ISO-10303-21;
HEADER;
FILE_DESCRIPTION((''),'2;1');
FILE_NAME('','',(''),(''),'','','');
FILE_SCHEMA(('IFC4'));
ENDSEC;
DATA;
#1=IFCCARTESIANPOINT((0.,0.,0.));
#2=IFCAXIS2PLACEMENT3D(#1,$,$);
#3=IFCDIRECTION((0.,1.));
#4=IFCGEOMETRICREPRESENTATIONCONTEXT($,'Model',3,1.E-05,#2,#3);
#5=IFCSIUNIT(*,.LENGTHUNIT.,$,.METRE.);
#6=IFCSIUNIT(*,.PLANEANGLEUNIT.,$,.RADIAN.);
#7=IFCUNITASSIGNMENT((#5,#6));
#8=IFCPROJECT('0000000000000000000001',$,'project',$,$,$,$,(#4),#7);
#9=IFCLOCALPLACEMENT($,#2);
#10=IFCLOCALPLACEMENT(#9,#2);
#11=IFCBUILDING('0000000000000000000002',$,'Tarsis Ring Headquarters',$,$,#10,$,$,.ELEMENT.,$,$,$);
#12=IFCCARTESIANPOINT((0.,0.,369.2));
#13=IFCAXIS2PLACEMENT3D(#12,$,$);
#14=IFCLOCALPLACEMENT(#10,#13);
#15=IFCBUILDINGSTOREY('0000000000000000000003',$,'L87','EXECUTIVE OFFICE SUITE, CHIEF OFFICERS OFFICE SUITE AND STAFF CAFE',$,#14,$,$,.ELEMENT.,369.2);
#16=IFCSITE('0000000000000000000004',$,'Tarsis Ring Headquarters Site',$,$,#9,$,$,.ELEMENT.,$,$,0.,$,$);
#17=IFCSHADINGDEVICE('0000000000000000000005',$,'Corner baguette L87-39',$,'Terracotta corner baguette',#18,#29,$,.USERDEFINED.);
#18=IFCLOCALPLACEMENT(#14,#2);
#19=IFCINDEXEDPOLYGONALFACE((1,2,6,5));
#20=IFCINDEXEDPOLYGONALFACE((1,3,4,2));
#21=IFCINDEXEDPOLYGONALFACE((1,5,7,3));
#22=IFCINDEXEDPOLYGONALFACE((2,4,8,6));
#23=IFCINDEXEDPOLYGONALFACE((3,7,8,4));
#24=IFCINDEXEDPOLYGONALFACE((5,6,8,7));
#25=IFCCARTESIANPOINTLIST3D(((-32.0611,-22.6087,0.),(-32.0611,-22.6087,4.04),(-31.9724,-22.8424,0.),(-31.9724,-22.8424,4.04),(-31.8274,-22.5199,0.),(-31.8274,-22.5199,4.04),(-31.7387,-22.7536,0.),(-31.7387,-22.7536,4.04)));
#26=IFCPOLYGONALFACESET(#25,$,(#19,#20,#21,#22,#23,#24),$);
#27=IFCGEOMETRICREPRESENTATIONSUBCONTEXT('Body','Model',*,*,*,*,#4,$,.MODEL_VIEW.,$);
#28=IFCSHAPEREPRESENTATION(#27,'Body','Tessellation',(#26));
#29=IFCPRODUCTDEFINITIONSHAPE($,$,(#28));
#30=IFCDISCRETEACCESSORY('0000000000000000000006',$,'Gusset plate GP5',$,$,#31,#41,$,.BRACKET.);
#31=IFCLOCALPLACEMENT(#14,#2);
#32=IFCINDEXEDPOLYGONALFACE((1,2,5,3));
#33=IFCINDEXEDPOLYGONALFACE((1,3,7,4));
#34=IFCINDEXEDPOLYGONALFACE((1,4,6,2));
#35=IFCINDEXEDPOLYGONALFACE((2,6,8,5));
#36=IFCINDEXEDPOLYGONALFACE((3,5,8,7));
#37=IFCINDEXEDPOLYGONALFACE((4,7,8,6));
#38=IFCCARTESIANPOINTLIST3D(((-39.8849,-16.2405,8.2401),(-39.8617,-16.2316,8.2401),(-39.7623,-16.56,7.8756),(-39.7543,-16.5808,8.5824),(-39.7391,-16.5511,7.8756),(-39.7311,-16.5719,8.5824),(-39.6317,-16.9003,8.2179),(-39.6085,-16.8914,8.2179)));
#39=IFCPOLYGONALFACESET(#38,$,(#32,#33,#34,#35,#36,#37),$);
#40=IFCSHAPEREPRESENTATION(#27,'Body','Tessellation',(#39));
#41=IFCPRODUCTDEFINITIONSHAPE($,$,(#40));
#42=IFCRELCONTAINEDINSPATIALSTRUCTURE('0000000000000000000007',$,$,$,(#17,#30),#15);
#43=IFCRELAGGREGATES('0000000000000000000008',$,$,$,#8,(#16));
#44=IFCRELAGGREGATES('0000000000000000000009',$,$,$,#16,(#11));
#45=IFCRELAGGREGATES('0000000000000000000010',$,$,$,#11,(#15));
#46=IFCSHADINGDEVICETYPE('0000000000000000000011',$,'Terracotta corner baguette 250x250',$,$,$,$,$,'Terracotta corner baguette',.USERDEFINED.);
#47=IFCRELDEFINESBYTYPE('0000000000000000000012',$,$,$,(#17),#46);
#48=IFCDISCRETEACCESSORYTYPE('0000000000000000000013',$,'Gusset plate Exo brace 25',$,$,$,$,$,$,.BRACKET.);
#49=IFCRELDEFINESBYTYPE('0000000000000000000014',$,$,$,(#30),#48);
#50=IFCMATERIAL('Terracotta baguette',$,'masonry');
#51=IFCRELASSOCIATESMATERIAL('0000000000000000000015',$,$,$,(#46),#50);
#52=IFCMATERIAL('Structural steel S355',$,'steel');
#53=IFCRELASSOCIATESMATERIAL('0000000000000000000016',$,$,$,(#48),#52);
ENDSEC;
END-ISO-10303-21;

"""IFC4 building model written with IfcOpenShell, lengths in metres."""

from ifc_helpers import new_model, si_unit, direction, frame, origin, origin_2d, place, context, subcontext, project, spatial, rectangle, extrude, material, material_profile, profile_set, type_object, element, save


model = new_model("IFC4")

# Units and contexts
model_context = context("Model", 3, precision=1e-05, world=origin(), true_north=direction((0.0, 1.0)))
body_context = subcontext(model_context, "Body", "Model", "MODEL_VIEW")
ifc_project = project(units=[si_unit("LENGTHUNIT", "METRE"), si_unit("PLANEANGLEUNIT", "RADIAN")], contexts=[model_context])

# Site, building, storey
site_placement = place(None, origin())
site = spatial("IfcSite", under=ifc_project, at=site_placement, Name="Tarsis Ring Headquarters Site", CompositionType="ELEMENT", RefElevation=0.0)
building_placement = place(site_placement, origin())
building = spatial("IfcBuilding", under=site, at=building_placement, Name="Tarsis Ring Headquarters", CompositionType="ELEMENT")
storey_placement = place(building_placement, frame((0.0, 0.0, 369.2)))
storey = spatial("IfcBuildingStorey", under=building, at=storey_placement, Name="L87", Description="EXECUTIVE OFFICE SUITE, CHIEF OFFICERS OFFICE SUITE AND STAFF CAFE", CompositionType="ELEMENT", Elevation=369.2)

# Shared definitions
ifc_material_1 = material(Name="Structural steel S355", Category="steel")

# Shading device
ifc_material_2 = material(Name="Terracotta baguette", Category="masonry")
shading_device_type_1 = type_object("IfcShadingDeviceType", Name="Terracotta corner baguette 250x250", ElementType="Terracotta corner baguette", PredefinedType="USERDEFINED", material=ifc_material_2)
for number, where, z_axis, x_axis, name in (
    (1, (-31.8999, -22.6812, 0.0), (0.0, 0.0, 1.0), (0.355107, -0.934826, 0.0), "Corner baguette L87-39"),
):
    element("IfcShadingDevice", number, at=place(storey_placement, frame(where, z_axis=z_axis, x_axis=x_axis)), inside=storey, type_object=shading_device_type_1, Name=name, ObjectType="Terracotta corner baguette", PredefinedType="USERDEFINED", context=body_context, shape_type="SweptSolid", body=[
        extrude(rectangle(XDim=0.25, YDim=0.25, at=origin_2d()), origin(), (0.0, 0.0, 1.0), 4.04),
    ])

# Discrete accessory
ifc_material_profile_1 = material_profile(ifc_material_1, rectangle(XDim=0.0249, YDim=0.5, at=origin_2d()), Name="PL 25x500")
ifc_profile_set_1 = profile_set([ifc_material_profile_1], Name="Structural steel S355")
discrete_accessory_type = type_object("IfcDiscreteAccessoryType", Name="Gusset plate Exo brace 25", PredefinedType="BRACKET", material=ifc_profile_set_1)
discrete_accessory_placement = place(storey_placement, frame((-39.6814, -16.7361, 8.4001), z_axis=(-0.261207, 0.680602, -0.684508), x_axis=(-0.933604, -0.358306, 0.0)))
element("IfcDiscreteAccessory", 2, at=discrete_accessory_placement, inside=storey, type_object=discrete_accessory_type, Name="Gusset plate GP5", PredefinedType="BRACKET", context=body_context, shape_type="SweptSolid", body=[
    extrude(rectangle(XDim=0.0249, YDim=0.5, at=origin_2d()), origin(), (0.0, 0.0, 1.0), 0.5),
])

save(model, "model.ifc")
